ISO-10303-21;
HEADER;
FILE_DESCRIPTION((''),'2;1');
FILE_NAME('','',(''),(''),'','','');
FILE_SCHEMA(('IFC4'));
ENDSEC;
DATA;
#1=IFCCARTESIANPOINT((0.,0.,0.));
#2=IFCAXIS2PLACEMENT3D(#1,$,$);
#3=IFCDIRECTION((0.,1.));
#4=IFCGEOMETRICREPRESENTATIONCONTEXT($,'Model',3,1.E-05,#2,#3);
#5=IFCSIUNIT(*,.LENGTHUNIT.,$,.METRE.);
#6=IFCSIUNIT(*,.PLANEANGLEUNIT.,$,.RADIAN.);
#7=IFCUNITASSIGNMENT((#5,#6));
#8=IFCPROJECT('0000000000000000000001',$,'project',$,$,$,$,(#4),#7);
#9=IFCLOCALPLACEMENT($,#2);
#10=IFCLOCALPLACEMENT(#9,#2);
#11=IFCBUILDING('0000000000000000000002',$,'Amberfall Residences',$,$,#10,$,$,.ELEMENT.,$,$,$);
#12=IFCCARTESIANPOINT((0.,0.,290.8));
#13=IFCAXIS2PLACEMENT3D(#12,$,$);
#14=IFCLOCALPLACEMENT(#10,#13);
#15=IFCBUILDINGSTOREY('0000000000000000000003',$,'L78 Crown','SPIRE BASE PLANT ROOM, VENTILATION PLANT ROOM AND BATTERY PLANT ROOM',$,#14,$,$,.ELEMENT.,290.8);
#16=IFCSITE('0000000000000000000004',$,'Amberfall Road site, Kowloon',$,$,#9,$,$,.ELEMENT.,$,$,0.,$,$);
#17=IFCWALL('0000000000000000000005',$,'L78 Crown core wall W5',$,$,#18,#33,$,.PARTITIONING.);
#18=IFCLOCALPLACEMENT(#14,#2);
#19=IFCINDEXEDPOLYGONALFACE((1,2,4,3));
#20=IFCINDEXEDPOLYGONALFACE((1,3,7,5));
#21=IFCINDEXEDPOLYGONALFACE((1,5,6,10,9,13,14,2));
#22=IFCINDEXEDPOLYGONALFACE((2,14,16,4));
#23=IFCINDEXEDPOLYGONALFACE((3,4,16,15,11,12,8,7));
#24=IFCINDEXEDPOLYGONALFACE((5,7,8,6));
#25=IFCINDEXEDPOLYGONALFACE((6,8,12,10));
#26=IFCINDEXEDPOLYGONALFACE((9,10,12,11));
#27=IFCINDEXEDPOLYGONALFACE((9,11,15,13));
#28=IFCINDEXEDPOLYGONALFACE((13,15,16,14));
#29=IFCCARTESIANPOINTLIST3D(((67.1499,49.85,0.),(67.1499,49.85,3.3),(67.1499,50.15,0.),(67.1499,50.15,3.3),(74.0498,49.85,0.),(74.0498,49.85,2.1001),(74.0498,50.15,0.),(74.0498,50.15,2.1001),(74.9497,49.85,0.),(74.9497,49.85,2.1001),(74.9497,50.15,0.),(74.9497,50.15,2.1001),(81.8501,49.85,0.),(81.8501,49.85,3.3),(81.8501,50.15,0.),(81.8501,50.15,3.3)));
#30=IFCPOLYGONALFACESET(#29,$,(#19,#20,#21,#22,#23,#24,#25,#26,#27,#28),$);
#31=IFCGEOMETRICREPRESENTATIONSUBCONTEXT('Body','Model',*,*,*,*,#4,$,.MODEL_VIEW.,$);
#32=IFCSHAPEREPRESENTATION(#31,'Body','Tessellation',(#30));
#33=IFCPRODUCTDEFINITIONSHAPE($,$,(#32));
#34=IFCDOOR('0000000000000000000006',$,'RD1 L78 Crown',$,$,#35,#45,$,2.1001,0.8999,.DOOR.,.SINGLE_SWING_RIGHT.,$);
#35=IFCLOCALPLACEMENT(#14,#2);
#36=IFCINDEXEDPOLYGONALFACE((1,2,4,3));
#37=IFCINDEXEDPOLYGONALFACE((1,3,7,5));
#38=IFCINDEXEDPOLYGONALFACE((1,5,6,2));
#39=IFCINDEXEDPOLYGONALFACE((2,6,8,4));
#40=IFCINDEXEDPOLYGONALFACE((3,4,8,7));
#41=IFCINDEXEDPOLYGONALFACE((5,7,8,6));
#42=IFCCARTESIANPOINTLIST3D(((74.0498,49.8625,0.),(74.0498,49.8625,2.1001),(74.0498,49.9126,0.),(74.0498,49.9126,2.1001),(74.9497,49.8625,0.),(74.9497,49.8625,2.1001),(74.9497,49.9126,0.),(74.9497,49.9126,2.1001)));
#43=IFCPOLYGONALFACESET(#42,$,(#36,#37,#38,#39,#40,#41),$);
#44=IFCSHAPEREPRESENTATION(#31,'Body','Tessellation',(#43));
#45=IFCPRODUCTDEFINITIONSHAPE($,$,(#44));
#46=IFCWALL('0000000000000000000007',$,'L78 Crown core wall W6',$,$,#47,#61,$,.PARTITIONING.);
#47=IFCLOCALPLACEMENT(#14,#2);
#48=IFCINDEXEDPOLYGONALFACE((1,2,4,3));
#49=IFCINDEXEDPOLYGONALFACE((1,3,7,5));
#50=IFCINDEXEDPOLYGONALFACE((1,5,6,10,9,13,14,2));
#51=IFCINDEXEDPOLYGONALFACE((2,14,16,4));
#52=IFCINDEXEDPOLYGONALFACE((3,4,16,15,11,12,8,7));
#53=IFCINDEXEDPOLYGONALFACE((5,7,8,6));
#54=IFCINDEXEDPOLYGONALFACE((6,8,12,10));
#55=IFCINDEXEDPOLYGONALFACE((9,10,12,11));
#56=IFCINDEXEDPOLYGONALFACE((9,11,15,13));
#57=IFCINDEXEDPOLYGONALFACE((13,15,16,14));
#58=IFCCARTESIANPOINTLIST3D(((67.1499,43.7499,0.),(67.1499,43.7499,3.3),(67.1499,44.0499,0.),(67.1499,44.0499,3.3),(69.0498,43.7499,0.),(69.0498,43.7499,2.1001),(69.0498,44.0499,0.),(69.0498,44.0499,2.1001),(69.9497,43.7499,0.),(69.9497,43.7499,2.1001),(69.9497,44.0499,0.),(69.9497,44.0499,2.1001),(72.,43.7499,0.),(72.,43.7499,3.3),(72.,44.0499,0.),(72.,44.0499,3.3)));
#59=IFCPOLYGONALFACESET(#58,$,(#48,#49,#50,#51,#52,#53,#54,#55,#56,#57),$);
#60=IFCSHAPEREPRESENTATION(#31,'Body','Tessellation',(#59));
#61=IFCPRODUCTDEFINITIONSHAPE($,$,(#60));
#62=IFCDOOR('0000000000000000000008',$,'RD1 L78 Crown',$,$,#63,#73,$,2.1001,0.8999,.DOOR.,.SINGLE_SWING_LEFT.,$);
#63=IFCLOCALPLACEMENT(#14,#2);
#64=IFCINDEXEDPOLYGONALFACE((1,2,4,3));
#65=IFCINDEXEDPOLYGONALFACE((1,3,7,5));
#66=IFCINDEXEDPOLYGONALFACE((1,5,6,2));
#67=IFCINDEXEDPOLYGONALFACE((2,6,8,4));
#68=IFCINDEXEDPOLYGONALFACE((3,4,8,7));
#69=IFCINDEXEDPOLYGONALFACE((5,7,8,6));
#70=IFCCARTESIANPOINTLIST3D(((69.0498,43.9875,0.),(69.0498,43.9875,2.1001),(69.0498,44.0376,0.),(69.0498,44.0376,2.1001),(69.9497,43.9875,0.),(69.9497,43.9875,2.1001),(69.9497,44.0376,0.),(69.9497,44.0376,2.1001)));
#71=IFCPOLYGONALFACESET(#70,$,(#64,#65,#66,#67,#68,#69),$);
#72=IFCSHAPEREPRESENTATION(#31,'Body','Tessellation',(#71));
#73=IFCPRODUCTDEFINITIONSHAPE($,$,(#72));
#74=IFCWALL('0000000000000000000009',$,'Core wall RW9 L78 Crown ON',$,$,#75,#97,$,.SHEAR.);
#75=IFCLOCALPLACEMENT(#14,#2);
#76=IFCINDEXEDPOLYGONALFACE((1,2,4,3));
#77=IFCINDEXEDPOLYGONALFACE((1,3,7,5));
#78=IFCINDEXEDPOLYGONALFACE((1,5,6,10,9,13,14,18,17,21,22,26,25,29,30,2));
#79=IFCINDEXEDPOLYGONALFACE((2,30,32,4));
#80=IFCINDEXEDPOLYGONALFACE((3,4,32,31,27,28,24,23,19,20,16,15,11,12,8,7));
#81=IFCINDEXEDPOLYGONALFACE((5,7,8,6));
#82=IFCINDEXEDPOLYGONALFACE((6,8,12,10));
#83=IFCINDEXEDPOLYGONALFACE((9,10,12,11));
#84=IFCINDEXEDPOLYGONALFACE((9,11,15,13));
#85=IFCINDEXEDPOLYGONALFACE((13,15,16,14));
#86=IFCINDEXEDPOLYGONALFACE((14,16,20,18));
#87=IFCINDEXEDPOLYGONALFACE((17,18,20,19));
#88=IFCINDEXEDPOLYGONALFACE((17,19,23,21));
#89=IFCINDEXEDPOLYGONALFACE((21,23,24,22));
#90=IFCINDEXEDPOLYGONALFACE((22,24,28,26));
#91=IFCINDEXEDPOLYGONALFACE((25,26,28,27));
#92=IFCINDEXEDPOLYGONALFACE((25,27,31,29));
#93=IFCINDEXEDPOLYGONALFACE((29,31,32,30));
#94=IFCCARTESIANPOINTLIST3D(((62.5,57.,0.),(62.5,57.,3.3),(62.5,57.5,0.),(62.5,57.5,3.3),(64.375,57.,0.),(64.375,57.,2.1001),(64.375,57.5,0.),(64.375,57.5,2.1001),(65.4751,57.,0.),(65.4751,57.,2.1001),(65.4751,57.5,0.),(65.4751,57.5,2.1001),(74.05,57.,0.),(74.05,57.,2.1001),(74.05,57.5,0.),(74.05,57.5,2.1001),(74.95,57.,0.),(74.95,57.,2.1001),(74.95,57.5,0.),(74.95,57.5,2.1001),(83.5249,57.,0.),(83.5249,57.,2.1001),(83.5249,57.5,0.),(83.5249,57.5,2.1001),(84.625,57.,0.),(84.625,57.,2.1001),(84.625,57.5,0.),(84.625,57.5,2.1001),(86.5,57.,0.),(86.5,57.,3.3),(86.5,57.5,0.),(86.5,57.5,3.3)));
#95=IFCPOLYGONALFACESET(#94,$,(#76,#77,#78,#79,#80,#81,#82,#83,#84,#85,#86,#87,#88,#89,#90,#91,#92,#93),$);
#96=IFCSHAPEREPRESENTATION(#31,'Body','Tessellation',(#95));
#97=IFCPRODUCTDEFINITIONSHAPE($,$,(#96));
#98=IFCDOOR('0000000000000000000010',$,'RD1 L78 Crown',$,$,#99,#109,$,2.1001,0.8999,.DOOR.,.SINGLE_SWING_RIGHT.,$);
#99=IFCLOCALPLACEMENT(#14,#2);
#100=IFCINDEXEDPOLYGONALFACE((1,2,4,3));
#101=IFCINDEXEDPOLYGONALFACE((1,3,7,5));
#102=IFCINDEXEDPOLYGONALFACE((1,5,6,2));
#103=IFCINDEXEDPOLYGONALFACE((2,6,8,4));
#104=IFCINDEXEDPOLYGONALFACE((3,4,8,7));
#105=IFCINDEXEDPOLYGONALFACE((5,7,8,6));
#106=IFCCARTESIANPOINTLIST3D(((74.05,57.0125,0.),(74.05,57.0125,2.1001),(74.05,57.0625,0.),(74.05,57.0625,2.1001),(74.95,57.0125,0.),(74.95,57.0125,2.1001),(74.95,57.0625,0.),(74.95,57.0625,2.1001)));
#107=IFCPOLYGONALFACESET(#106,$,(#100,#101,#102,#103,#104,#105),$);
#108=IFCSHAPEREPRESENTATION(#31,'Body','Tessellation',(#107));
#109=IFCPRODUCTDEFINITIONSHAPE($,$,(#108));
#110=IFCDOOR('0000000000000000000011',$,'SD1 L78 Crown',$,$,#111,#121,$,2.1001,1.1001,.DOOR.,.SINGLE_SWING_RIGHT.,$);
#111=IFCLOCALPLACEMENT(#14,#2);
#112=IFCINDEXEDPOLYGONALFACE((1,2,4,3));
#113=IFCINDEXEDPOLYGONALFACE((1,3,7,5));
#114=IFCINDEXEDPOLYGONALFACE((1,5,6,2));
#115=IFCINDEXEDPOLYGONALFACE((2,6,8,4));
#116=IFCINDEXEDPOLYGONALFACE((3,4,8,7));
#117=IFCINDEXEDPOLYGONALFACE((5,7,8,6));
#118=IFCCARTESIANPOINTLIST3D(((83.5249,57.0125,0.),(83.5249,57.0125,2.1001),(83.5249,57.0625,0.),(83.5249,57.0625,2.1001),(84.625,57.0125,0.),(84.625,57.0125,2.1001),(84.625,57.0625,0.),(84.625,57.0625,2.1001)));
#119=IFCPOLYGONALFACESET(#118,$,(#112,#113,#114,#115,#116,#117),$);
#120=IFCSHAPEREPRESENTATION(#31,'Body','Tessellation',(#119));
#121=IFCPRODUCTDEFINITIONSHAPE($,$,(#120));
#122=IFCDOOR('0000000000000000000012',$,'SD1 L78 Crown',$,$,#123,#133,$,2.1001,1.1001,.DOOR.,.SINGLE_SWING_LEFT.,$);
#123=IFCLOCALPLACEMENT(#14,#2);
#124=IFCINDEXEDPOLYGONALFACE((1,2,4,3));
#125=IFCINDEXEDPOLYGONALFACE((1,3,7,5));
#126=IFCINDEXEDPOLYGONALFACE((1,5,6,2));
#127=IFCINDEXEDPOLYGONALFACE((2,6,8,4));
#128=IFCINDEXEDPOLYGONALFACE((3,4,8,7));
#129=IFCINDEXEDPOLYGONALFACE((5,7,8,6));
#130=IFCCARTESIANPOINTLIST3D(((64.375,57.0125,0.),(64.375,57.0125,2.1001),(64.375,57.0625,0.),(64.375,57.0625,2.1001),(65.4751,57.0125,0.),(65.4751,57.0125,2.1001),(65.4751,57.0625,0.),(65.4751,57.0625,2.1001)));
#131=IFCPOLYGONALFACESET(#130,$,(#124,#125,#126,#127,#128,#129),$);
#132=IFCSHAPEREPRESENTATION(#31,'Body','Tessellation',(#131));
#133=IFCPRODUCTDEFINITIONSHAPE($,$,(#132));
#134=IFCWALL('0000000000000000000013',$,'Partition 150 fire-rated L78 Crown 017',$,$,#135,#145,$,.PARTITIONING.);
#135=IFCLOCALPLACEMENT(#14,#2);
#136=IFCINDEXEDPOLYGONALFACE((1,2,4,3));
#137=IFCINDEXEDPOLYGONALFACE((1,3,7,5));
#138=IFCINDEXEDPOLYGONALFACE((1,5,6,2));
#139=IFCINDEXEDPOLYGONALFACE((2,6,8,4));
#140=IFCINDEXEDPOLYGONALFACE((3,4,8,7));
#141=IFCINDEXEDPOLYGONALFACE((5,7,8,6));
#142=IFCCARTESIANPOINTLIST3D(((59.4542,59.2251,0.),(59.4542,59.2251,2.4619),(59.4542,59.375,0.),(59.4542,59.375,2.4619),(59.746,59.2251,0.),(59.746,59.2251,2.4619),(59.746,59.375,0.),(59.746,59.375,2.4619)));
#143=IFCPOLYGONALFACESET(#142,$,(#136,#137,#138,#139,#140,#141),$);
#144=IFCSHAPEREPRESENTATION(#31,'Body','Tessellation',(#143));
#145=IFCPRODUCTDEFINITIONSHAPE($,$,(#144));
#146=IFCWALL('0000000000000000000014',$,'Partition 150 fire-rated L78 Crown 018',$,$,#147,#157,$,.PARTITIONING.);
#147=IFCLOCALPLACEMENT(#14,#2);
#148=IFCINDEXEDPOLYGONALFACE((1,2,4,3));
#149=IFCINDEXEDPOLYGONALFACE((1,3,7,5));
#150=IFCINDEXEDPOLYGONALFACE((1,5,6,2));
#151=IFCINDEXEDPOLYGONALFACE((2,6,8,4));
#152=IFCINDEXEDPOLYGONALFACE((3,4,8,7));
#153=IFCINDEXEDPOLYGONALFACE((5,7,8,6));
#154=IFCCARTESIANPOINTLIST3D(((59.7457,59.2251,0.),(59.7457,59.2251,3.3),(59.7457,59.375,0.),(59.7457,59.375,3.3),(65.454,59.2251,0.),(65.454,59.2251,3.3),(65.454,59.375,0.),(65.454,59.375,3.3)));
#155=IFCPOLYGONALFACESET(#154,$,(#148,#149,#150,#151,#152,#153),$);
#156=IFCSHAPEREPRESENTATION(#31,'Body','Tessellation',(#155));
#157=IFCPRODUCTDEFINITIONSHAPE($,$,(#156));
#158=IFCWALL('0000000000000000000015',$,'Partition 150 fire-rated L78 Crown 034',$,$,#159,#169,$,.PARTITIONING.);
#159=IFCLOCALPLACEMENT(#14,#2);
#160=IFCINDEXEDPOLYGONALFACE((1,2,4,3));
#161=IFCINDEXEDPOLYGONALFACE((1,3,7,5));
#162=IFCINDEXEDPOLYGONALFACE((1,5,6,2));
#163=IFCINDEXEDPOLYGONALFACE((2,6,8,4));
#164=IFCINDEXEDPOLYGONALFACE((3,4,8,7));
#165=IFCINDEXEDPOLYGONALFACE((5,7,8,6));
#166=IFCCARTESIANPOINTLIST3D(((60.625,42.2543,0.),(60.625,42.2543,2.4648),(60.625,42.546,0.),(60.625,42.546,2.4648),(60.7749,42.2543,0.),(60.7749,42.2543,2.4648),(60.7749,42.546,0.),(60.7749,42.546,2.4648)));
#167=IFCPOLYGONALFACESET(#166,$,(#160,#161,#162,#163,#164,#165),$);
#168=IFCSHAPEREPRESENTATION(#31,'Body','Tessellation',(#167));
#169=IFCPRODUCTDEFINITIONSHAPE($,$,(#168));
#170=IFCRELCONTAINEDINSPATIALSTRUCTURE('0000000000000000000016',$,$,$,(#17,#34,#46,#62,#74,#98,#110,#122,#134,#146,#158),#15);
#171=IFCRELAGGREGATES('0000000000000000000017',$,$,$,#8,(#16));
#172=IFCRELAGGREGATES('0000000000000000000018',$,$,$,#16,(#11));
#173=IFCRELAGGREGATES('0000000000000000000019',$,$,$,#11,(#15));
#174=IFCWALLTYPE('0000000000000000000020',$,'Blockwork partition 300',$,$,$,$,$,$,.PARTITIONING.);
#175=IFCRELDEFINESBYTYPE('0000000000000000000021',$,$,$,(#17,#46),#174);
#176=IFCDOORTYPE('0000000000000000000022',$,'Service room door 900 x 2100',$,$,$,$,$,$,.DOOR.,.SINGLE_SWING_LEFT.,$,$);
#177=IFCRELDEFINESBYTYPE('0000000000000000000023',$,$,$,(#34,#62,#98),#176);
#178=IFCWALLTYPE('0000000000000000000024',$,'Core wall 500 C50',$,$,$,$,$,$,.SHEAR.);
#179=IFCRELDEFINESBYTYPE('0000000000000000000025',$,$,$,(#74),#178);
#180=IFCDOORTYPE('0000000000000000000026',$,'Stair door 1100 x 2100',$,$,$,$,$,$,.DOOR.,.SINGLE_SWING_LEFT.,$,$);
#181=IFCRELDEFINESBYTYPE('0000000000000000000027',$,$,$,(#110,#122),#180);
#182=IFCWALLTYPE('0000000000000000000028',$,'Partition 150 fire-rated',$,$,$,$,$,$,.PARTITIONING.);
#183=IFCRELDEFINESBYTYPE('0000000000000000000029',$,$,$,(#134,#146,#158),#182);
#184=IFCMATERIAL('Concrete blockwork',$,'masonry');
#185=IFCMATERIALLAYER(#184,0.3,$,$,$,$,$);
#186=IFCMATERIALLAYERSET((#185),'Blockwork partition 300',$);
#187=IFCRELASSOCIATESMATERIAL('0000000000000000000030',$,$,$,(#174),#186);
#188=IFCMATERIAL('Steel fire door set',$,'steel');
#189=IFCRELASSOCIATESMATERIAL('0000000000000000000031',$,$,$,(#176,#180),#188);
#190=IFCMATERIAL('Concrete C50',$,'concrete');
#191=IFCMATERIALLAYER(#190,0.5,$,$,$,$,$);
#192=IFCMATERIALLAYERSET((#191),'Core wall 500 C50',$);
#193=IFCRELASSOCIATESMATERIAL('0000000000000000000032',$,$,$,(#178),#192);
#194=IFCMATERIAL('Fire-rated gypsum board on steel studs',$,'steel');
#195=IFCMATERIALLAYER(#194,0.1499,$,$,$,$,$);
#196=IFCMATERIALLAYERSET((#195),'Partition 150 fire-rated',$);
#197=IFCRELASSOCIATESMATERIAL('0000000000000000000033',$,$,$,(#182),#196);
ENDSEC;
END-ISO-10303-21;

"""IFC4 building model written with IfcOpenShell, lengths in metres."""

from ifc_helpers import new_model, si_unit, direction, frame, frame_2d, origin, place, context, subcontext, project, spatial, rectangle, extrude, material, layer, layer_set, type_object, element, fill, save


model = new_model("IFC4")

# Units and contexts
model_context = context("Model", 3, precision=1e-05, world=origin(), true_north=direction((0.0, 1.0)))
body_context = subcontext(model_context, "Body", "Model", "MODEL_VIEW")
ifc_project = project(units=[si_unit("LENGTHUNIT", "METRE"), si_unit("PLANEANGLEUNIT", "RADIAN")], contexts=[model_context])

# Site, building, storey
site_placement = place(None, origin())
site = spatial("IfcSite", under=ifc_project, at=site_placement, Name="Amberfall Road site, Kowloon", CompositionType="ELEMENT", RefElevation=0.0)
building_placement = place(site_placement, origin())
building = spatial("IfcBuilding", under=site, at=building_placement, Name="Amberfall Residences", CompositionType="ELEMENT")
storey_placement = place(building_placement, frame((0.0, 0.0, 290.8)))
storey = spatial("IfcBuildingStorey", under=building, at=storey_placement, Name="L78 Crown", Description="SPIRE BASE PLANT ROOM, VENTILATION PLANT ROOM AND BATTERY PLANT ROOM", CompositionType="ELEMENT", Elevation=290.8)

# Walls, openings, doors
ifc_material_1 = material(Name="Concrete blockwork", Category="masonry")
ifc_layer_1 = layer(ifc_material_1, 0.3)
ifc_layer_set_1 = layer_set([ifc_layer_1], Name="Blockwork partition 300")
wall_type_1 = type_object("IfcWallType", Name="Blockwork partition 300", PredefinedType="PARTITIONING", material=ifc_layer_set_1)
wall_1_placement = place(storey_placement, frame((67.1499, 50.0, 0.0), z_axis=(0.0, 0.0, 1.0), x_axis=(1.0, 0.0, 0.0)))
wall_1 = element("IfcWall", 1, at=wall_1_placement, inside=storey, type_object=wall_type_1, Name="L78 Crown core wall W5", PredefinedType="PARTITIONING", context=body_context, shape_type="SweptSolid", body=[
    extrude(rectangle(XDim=14.7002, YDim=0.3, at=frame_2d((7.3501, 0.0))), origin(), (0.0, 0.0, 1.0), 3.3),
])
opening_1_placement = place(wall_1_placement, frame((6.8999, 0.0, 0.0)))
opening_1 = element("IfcOpeningElement", 2, at=opening_1_placement, cuts=wall_1, PredefinedType="OPENING", context=body_context, shape_type="SweptSolid", body=[
    extrude(rectangle(XDim=0.8999, YDim=2.1001, at=frame_2d((0.45, 1.05))), frame((0.0, 0.1599, 0.0), z_axis=(0.0, -1.0, 0.0), x_axis=(1.0, 0.0, 0.0)), (0.0, 0.0, 1.0), 0.3201),
])
ifc_material_2 = material(Name="Steel fire door set", Category="steel")
door_type_1 = type_object("IfcDoorType", Name="Service room door 900 x 2100", OperationType="SINGLE_SWING_LEFT", PredefinedType="DOOR", material=ifc_material_2)
door_1_placement = place(opening_1_placement, origin())
door_1 = element("IfcDoor", 3, at=door_1_placement, inside=storey, type_object=door_type_1, Name="RD1 L78 Crown", OperationType="SINGLE_SWING_RIGHT", OverallHeight=2.1001, OverallWidth=0.8999, PredefinedType="DOOR", context=body_context, shape_type="SweptSolid", body=[
    extrude(rectangle(XDim=0.8999, YDim=2.1001, at=frame_2d((0.45, 1.05))), frame((0.0, -0.0874, 0.0), z_axis=(0.0, -1.0, 0.0), x_axis=(1.0, 0.0, 0.0)), (0.0, 0.0, 1.0), 0.05),
])
fill(opening_1, door_1)
wall_2_placement = place(storey_placement, frame((67.1499, 43.8999, 0.0), z_axis=(0.0, 0.0, 1.0), x_axis=(1.0, 0.0, 0.0)))
wall_2 = element("IfcWall", 4, at=wall_2_placement, inside=storey, type_object=wall_type_1, Name="L78 Crown core wall W6", PredefinedType="PARTITIONING", context=body_context, shape_type="SweptSolid", body=[
    extrude(rectangle(XDim=4.8501, YDim=0.3, at=frame_2d((2.425, 0.0))), origin(), (0.0, 0.0, 1.0), 3.3),
])
opening_2_placement = place(wall_2_placement, frame((1.8999, 0.0, 0.0)))
opening_2 = element("IfcOpeningElement", 5, at=opening_2_placement, cuts=wall_2, PredefinedType="OPENING", context=body_context, shape_type="SweptSolid", body=[
    extrude(rectangle(XDim=0.8999, YDim=2.1001, at=frame_2d((0.45, 1.05))), frame((0.0, 0.1599, 0.0), z_axis=(0.0, -1.0, 0.0), x_axis=(1.0, 0.0, 0.0)), (0.0, 0.0, 1.0), 0.3201),
])
door_2_placement = place(opening_2_placement, origin())
door_2 = element("IfcDoor", 6, at=door_2_placement, inside=storey, type_object=door_type_1, Name="RD1 L78 Crown", OperationType="SINGLE_SWING_LEFT", OverallHeight=2.1001, OverallWidth=0.8999, PredefinedType="DOOR", context=body_context, shape_type="SweptSolid", body=[
    extrude(rectangle(XDim=0.8999, YDim=2.1001, at=frame_2d((0.45, 1.05))), frame((0.0, 0.1377, 0.0), z_axis=(0.0, -1.0, 0.0), x_axis=(1.0, 0.0, 0.0)), (0.0, 0.0, 1.0), 0.05),
])
fill(opening_2, door_2)

# Wall, openings, doors
ifc_material_3 = material(Name="Concrete C50", Category="concrete")
ifc_layer_2 = layer(ifc_material_3, 0.5)
ifc_layer_set_2 = layer_set([ifc_layer_2], Name="Core wall 500 C50")
wall_type_2 = type_object("IfcWallType", Name="Core wall 500 C50", PredefinedType="SHEAR", material=ifc_layer_set_2)
wall_3_placement = place(storey_placement, frame((62.5, 57.25, 0.0), z_axis=(0.0, 0.0, 1.0), x_axis=(1.0, 0.0, 0.0)))
wall_3 = element("IfcWall", 7, at=wall_3_placement, inside=storey, type_object=wall_type_2, Name="Core wall RW9 L78 Crown ON", PredefinedType="SHEAR", context=body_context, shape_type="SweptSolid", body=[
    extrude(rectangle(XDim=24.0, YDim=0.5, at=frame_2d((12.0, 0.0))), origin(), (0.0, 0.0, 1.0), 3.3),
])
opening_3_placement = place(wall_3_placement, frame((21.0249, 0.0, 0.0)))
opening_3 = element("IfcOpeningElement", 8, at=opening_3_placement, cuts=wall_3, PredefinedType="OPENING", context=body_context, shape_type="SweptSolid", body=[
    extrude(rectangle(XDim=1.1001, YDim=2.1001, at=frame_2d((0.55, 1.05))), frame((0.0, 0.26, 0.0), z_axis=(0.0, -1.0, 0.0), x_axis=(1.0, 0.0, 0.0)), (0.0, 0.0, 1.0), 0.52),
])
opening_4_placement = place(wall_3_placement, frame((1.875, 0.0, 0.0)))
opening_4 = element("IfcOpeningElement", 9, at=opening_4_placement, cuts=wall_3, PredefinedType="OPENING", context=body_context, shape_type="SweptSolid", body=[
    extrude(rectangle(XDim=1.1001, YDim=2.1001, at=frame_2d((0.55, 1.05))), frame((0.0, 0.26, 0.0), z_axis=(0.0, -1.0, 0.0), x_axis=(1.0, 0.0, 0.0)), (0.0, 0.0, 1.0), 0.52),
])
opening_5_placement = place(wall_3_placement, frame((11.55, 0.0, 0.0)))
opening_5 = element("IfcOpeningElement", 10, at=opening_5_placement, cuts=wall_3, PredefinedType="OPENING", context=body_context, shape_type="SweptSolid", body=[
    extrude(rectangle(XDim=0.8999, YDim=2.1001, at=frame_2d((0.45, 1.05))), frame((0.0, 0.26, 0.0), z_axis=(0.0, -1.0, 0.0), x_axis=(1.0, 0.0, 0.0)), (0.0, 0.0, 1.0), 0.52),
])
door_3_placement = place(opening_5_placement, origin())
door_3 = element("IfcDoor", 11, at=door_3_placement, inside=storey, type_object=door_type_1, Name="RD1 L78 Crown", OperationType="SINGLE_SWING_RIGHT", OverallHeight=2.1001, OverallWidth=0.8999, PredefinedType="DOOR", context=body_context, shape_type="SweptSolid", body=[
    extrude(rectangle(XDim=0.8999, YDim=2.1001, at=frame_2d((0.45, 1.05))), frame((0.0, -0.1875, 0.0), z_axis=(0.0, -1.0, 0.0), x_axis=(1.0, 0.0, 0.0)), (0.0, 0.0, 1.0), 0.05),
])
fill(opening_5, door_3)
door_type_2 = type_object("IfcDoorType", Name="Stair door 1100 x 2100", OperationType="SINGLE_SWING_LEFT", PredefinedType="DOOR", material=ifc_material_2)
door_4_placement = place(opening_3_placement, origin())
door_4 = element("IfcDoor", 12, at=door_4_placement, inside=storey, type_object=door_type_2, Name="SD1 L78 Crown", OperationType="SINGLE_SWING_RIGHT", OverallHeight=2.1001, OverallWidth=1.1001, PredefinedType="DOOR", context=body_context, shape_type="SweptSolid", body=[
    extrude(rectangle(XDim=1.1001, YDim=2.1001, at=frame_2d((0.55, 1.05))), frame((0.0, -0.1875, 0.0), z_axis=(0.0, -1.0, 0.0), x_axis=(1.0, 0.0, 0.0)), (0.0, 0.0, 1.0), 0.05),
])
fill(opening_3, door_4)
door_5_placement = place(opening_4_placement, origin())
door_5 = element("IfcDoor", 13, at=door_5_placement, inside=storey, type_object=door_type_2, Name="SD1 L78 Crown", OperationType="SINGLE_SWING_LEFT", OverallHeight=2.1001, OverallWidth=1.1001, PredefinedType="DOOR", context=body_context, shape_type="SweptSolid", body=[
    extrude(rectangle(XDim=1.1001, YDim=2.1001, at=frame_2d((0.55, 1.05))), frame((0.0, -0.1875, 0.0), z_axis=(0.0, -1.0, 0.0), x_axis=(1.0, 0.0, 0.0)), (0.0, 0.0, 1.0), 0.05),
])
fill(opening_4, door_5)

# Walls
ifc_material_4 = material(Name="Fire-rated gypsum board on steel studs", Category="steel")
ifc_layer_3 = layer(ifc_material_4, 0.1499)
ifc_layer_set_3 = layer_set([ifc_layer_3], Name="Partition 150 fire-rated")
wall_type_3 = type_object("IfcWallType", Name="Partition 150 fire-rated", PredefinedType="PARTITIONING", material=ifc_layer_set_3)
wall_4_placement = place(storey_placement, frame((59.4541, 59.3, 0.0), z_axis=(0.0, 0.0, 1.0), x_axis=(1.0, 0.0, 0.0)))
element("IfcWall", 14, at=wall_4_placement, inside=storey, type_object=wall_type_3, Name="Partition 150 fire-rated L78 Crown 017", PredefinedType="PARTITIONING", context=body_context, shape_type="SweptSolid", body=[
    extrude(rectangle(XDim=0.2917, YDim=0.1499, at=frame_2d((0.146, 0.0))), origin(), (0.0, 0.0, 1.0), 2.4619),
])
wall_5_placement = place(storey_placement, frame((59.7458, 59.3, 0.0), z_axis=(0.0, 0.0, 1.0), x_axis=(1.0, 0.0, 0.0)))
element("IfcWall", 15, at=wall_5_placement, inside=storey, type_object=wall_type_3, Name="Partition 150 fire-rated L78 Crown 018", PredefinedType="PARTITIONING", context=body_context, shape_type="SweptSolid", body=[
    extrude(rectangle(XDim=5.7083, YDim=0.1499, at=frame_2d((2.854, 0.0))), origin(), (0.0, 0.0, 1.0), 3.3),
])
wall_6_placement = place(storey_placement, frame((60.7, 42.2542, 0.0), z_axis=(0.0, 0.0, 1.0), x_axis=(0.0, 1.0, 0.0)))
element("IfcWall", 16, at=wall_6_placement, inside=storey, type_object=wall_type_3, Name="Partition 150 fire-rated L78 Crown 034", PredefinedType="PARTITIONING", context=body_context, shape_type="SweptSolid", body=[
    extrude(rectangle(XDim=0.2917, YDim=0.1499, at=frame_2d((0.146, 0.0))), origin(), (0.0, 0.0, 1.0), 2.4648),
])

save(model, "model.ifc")
